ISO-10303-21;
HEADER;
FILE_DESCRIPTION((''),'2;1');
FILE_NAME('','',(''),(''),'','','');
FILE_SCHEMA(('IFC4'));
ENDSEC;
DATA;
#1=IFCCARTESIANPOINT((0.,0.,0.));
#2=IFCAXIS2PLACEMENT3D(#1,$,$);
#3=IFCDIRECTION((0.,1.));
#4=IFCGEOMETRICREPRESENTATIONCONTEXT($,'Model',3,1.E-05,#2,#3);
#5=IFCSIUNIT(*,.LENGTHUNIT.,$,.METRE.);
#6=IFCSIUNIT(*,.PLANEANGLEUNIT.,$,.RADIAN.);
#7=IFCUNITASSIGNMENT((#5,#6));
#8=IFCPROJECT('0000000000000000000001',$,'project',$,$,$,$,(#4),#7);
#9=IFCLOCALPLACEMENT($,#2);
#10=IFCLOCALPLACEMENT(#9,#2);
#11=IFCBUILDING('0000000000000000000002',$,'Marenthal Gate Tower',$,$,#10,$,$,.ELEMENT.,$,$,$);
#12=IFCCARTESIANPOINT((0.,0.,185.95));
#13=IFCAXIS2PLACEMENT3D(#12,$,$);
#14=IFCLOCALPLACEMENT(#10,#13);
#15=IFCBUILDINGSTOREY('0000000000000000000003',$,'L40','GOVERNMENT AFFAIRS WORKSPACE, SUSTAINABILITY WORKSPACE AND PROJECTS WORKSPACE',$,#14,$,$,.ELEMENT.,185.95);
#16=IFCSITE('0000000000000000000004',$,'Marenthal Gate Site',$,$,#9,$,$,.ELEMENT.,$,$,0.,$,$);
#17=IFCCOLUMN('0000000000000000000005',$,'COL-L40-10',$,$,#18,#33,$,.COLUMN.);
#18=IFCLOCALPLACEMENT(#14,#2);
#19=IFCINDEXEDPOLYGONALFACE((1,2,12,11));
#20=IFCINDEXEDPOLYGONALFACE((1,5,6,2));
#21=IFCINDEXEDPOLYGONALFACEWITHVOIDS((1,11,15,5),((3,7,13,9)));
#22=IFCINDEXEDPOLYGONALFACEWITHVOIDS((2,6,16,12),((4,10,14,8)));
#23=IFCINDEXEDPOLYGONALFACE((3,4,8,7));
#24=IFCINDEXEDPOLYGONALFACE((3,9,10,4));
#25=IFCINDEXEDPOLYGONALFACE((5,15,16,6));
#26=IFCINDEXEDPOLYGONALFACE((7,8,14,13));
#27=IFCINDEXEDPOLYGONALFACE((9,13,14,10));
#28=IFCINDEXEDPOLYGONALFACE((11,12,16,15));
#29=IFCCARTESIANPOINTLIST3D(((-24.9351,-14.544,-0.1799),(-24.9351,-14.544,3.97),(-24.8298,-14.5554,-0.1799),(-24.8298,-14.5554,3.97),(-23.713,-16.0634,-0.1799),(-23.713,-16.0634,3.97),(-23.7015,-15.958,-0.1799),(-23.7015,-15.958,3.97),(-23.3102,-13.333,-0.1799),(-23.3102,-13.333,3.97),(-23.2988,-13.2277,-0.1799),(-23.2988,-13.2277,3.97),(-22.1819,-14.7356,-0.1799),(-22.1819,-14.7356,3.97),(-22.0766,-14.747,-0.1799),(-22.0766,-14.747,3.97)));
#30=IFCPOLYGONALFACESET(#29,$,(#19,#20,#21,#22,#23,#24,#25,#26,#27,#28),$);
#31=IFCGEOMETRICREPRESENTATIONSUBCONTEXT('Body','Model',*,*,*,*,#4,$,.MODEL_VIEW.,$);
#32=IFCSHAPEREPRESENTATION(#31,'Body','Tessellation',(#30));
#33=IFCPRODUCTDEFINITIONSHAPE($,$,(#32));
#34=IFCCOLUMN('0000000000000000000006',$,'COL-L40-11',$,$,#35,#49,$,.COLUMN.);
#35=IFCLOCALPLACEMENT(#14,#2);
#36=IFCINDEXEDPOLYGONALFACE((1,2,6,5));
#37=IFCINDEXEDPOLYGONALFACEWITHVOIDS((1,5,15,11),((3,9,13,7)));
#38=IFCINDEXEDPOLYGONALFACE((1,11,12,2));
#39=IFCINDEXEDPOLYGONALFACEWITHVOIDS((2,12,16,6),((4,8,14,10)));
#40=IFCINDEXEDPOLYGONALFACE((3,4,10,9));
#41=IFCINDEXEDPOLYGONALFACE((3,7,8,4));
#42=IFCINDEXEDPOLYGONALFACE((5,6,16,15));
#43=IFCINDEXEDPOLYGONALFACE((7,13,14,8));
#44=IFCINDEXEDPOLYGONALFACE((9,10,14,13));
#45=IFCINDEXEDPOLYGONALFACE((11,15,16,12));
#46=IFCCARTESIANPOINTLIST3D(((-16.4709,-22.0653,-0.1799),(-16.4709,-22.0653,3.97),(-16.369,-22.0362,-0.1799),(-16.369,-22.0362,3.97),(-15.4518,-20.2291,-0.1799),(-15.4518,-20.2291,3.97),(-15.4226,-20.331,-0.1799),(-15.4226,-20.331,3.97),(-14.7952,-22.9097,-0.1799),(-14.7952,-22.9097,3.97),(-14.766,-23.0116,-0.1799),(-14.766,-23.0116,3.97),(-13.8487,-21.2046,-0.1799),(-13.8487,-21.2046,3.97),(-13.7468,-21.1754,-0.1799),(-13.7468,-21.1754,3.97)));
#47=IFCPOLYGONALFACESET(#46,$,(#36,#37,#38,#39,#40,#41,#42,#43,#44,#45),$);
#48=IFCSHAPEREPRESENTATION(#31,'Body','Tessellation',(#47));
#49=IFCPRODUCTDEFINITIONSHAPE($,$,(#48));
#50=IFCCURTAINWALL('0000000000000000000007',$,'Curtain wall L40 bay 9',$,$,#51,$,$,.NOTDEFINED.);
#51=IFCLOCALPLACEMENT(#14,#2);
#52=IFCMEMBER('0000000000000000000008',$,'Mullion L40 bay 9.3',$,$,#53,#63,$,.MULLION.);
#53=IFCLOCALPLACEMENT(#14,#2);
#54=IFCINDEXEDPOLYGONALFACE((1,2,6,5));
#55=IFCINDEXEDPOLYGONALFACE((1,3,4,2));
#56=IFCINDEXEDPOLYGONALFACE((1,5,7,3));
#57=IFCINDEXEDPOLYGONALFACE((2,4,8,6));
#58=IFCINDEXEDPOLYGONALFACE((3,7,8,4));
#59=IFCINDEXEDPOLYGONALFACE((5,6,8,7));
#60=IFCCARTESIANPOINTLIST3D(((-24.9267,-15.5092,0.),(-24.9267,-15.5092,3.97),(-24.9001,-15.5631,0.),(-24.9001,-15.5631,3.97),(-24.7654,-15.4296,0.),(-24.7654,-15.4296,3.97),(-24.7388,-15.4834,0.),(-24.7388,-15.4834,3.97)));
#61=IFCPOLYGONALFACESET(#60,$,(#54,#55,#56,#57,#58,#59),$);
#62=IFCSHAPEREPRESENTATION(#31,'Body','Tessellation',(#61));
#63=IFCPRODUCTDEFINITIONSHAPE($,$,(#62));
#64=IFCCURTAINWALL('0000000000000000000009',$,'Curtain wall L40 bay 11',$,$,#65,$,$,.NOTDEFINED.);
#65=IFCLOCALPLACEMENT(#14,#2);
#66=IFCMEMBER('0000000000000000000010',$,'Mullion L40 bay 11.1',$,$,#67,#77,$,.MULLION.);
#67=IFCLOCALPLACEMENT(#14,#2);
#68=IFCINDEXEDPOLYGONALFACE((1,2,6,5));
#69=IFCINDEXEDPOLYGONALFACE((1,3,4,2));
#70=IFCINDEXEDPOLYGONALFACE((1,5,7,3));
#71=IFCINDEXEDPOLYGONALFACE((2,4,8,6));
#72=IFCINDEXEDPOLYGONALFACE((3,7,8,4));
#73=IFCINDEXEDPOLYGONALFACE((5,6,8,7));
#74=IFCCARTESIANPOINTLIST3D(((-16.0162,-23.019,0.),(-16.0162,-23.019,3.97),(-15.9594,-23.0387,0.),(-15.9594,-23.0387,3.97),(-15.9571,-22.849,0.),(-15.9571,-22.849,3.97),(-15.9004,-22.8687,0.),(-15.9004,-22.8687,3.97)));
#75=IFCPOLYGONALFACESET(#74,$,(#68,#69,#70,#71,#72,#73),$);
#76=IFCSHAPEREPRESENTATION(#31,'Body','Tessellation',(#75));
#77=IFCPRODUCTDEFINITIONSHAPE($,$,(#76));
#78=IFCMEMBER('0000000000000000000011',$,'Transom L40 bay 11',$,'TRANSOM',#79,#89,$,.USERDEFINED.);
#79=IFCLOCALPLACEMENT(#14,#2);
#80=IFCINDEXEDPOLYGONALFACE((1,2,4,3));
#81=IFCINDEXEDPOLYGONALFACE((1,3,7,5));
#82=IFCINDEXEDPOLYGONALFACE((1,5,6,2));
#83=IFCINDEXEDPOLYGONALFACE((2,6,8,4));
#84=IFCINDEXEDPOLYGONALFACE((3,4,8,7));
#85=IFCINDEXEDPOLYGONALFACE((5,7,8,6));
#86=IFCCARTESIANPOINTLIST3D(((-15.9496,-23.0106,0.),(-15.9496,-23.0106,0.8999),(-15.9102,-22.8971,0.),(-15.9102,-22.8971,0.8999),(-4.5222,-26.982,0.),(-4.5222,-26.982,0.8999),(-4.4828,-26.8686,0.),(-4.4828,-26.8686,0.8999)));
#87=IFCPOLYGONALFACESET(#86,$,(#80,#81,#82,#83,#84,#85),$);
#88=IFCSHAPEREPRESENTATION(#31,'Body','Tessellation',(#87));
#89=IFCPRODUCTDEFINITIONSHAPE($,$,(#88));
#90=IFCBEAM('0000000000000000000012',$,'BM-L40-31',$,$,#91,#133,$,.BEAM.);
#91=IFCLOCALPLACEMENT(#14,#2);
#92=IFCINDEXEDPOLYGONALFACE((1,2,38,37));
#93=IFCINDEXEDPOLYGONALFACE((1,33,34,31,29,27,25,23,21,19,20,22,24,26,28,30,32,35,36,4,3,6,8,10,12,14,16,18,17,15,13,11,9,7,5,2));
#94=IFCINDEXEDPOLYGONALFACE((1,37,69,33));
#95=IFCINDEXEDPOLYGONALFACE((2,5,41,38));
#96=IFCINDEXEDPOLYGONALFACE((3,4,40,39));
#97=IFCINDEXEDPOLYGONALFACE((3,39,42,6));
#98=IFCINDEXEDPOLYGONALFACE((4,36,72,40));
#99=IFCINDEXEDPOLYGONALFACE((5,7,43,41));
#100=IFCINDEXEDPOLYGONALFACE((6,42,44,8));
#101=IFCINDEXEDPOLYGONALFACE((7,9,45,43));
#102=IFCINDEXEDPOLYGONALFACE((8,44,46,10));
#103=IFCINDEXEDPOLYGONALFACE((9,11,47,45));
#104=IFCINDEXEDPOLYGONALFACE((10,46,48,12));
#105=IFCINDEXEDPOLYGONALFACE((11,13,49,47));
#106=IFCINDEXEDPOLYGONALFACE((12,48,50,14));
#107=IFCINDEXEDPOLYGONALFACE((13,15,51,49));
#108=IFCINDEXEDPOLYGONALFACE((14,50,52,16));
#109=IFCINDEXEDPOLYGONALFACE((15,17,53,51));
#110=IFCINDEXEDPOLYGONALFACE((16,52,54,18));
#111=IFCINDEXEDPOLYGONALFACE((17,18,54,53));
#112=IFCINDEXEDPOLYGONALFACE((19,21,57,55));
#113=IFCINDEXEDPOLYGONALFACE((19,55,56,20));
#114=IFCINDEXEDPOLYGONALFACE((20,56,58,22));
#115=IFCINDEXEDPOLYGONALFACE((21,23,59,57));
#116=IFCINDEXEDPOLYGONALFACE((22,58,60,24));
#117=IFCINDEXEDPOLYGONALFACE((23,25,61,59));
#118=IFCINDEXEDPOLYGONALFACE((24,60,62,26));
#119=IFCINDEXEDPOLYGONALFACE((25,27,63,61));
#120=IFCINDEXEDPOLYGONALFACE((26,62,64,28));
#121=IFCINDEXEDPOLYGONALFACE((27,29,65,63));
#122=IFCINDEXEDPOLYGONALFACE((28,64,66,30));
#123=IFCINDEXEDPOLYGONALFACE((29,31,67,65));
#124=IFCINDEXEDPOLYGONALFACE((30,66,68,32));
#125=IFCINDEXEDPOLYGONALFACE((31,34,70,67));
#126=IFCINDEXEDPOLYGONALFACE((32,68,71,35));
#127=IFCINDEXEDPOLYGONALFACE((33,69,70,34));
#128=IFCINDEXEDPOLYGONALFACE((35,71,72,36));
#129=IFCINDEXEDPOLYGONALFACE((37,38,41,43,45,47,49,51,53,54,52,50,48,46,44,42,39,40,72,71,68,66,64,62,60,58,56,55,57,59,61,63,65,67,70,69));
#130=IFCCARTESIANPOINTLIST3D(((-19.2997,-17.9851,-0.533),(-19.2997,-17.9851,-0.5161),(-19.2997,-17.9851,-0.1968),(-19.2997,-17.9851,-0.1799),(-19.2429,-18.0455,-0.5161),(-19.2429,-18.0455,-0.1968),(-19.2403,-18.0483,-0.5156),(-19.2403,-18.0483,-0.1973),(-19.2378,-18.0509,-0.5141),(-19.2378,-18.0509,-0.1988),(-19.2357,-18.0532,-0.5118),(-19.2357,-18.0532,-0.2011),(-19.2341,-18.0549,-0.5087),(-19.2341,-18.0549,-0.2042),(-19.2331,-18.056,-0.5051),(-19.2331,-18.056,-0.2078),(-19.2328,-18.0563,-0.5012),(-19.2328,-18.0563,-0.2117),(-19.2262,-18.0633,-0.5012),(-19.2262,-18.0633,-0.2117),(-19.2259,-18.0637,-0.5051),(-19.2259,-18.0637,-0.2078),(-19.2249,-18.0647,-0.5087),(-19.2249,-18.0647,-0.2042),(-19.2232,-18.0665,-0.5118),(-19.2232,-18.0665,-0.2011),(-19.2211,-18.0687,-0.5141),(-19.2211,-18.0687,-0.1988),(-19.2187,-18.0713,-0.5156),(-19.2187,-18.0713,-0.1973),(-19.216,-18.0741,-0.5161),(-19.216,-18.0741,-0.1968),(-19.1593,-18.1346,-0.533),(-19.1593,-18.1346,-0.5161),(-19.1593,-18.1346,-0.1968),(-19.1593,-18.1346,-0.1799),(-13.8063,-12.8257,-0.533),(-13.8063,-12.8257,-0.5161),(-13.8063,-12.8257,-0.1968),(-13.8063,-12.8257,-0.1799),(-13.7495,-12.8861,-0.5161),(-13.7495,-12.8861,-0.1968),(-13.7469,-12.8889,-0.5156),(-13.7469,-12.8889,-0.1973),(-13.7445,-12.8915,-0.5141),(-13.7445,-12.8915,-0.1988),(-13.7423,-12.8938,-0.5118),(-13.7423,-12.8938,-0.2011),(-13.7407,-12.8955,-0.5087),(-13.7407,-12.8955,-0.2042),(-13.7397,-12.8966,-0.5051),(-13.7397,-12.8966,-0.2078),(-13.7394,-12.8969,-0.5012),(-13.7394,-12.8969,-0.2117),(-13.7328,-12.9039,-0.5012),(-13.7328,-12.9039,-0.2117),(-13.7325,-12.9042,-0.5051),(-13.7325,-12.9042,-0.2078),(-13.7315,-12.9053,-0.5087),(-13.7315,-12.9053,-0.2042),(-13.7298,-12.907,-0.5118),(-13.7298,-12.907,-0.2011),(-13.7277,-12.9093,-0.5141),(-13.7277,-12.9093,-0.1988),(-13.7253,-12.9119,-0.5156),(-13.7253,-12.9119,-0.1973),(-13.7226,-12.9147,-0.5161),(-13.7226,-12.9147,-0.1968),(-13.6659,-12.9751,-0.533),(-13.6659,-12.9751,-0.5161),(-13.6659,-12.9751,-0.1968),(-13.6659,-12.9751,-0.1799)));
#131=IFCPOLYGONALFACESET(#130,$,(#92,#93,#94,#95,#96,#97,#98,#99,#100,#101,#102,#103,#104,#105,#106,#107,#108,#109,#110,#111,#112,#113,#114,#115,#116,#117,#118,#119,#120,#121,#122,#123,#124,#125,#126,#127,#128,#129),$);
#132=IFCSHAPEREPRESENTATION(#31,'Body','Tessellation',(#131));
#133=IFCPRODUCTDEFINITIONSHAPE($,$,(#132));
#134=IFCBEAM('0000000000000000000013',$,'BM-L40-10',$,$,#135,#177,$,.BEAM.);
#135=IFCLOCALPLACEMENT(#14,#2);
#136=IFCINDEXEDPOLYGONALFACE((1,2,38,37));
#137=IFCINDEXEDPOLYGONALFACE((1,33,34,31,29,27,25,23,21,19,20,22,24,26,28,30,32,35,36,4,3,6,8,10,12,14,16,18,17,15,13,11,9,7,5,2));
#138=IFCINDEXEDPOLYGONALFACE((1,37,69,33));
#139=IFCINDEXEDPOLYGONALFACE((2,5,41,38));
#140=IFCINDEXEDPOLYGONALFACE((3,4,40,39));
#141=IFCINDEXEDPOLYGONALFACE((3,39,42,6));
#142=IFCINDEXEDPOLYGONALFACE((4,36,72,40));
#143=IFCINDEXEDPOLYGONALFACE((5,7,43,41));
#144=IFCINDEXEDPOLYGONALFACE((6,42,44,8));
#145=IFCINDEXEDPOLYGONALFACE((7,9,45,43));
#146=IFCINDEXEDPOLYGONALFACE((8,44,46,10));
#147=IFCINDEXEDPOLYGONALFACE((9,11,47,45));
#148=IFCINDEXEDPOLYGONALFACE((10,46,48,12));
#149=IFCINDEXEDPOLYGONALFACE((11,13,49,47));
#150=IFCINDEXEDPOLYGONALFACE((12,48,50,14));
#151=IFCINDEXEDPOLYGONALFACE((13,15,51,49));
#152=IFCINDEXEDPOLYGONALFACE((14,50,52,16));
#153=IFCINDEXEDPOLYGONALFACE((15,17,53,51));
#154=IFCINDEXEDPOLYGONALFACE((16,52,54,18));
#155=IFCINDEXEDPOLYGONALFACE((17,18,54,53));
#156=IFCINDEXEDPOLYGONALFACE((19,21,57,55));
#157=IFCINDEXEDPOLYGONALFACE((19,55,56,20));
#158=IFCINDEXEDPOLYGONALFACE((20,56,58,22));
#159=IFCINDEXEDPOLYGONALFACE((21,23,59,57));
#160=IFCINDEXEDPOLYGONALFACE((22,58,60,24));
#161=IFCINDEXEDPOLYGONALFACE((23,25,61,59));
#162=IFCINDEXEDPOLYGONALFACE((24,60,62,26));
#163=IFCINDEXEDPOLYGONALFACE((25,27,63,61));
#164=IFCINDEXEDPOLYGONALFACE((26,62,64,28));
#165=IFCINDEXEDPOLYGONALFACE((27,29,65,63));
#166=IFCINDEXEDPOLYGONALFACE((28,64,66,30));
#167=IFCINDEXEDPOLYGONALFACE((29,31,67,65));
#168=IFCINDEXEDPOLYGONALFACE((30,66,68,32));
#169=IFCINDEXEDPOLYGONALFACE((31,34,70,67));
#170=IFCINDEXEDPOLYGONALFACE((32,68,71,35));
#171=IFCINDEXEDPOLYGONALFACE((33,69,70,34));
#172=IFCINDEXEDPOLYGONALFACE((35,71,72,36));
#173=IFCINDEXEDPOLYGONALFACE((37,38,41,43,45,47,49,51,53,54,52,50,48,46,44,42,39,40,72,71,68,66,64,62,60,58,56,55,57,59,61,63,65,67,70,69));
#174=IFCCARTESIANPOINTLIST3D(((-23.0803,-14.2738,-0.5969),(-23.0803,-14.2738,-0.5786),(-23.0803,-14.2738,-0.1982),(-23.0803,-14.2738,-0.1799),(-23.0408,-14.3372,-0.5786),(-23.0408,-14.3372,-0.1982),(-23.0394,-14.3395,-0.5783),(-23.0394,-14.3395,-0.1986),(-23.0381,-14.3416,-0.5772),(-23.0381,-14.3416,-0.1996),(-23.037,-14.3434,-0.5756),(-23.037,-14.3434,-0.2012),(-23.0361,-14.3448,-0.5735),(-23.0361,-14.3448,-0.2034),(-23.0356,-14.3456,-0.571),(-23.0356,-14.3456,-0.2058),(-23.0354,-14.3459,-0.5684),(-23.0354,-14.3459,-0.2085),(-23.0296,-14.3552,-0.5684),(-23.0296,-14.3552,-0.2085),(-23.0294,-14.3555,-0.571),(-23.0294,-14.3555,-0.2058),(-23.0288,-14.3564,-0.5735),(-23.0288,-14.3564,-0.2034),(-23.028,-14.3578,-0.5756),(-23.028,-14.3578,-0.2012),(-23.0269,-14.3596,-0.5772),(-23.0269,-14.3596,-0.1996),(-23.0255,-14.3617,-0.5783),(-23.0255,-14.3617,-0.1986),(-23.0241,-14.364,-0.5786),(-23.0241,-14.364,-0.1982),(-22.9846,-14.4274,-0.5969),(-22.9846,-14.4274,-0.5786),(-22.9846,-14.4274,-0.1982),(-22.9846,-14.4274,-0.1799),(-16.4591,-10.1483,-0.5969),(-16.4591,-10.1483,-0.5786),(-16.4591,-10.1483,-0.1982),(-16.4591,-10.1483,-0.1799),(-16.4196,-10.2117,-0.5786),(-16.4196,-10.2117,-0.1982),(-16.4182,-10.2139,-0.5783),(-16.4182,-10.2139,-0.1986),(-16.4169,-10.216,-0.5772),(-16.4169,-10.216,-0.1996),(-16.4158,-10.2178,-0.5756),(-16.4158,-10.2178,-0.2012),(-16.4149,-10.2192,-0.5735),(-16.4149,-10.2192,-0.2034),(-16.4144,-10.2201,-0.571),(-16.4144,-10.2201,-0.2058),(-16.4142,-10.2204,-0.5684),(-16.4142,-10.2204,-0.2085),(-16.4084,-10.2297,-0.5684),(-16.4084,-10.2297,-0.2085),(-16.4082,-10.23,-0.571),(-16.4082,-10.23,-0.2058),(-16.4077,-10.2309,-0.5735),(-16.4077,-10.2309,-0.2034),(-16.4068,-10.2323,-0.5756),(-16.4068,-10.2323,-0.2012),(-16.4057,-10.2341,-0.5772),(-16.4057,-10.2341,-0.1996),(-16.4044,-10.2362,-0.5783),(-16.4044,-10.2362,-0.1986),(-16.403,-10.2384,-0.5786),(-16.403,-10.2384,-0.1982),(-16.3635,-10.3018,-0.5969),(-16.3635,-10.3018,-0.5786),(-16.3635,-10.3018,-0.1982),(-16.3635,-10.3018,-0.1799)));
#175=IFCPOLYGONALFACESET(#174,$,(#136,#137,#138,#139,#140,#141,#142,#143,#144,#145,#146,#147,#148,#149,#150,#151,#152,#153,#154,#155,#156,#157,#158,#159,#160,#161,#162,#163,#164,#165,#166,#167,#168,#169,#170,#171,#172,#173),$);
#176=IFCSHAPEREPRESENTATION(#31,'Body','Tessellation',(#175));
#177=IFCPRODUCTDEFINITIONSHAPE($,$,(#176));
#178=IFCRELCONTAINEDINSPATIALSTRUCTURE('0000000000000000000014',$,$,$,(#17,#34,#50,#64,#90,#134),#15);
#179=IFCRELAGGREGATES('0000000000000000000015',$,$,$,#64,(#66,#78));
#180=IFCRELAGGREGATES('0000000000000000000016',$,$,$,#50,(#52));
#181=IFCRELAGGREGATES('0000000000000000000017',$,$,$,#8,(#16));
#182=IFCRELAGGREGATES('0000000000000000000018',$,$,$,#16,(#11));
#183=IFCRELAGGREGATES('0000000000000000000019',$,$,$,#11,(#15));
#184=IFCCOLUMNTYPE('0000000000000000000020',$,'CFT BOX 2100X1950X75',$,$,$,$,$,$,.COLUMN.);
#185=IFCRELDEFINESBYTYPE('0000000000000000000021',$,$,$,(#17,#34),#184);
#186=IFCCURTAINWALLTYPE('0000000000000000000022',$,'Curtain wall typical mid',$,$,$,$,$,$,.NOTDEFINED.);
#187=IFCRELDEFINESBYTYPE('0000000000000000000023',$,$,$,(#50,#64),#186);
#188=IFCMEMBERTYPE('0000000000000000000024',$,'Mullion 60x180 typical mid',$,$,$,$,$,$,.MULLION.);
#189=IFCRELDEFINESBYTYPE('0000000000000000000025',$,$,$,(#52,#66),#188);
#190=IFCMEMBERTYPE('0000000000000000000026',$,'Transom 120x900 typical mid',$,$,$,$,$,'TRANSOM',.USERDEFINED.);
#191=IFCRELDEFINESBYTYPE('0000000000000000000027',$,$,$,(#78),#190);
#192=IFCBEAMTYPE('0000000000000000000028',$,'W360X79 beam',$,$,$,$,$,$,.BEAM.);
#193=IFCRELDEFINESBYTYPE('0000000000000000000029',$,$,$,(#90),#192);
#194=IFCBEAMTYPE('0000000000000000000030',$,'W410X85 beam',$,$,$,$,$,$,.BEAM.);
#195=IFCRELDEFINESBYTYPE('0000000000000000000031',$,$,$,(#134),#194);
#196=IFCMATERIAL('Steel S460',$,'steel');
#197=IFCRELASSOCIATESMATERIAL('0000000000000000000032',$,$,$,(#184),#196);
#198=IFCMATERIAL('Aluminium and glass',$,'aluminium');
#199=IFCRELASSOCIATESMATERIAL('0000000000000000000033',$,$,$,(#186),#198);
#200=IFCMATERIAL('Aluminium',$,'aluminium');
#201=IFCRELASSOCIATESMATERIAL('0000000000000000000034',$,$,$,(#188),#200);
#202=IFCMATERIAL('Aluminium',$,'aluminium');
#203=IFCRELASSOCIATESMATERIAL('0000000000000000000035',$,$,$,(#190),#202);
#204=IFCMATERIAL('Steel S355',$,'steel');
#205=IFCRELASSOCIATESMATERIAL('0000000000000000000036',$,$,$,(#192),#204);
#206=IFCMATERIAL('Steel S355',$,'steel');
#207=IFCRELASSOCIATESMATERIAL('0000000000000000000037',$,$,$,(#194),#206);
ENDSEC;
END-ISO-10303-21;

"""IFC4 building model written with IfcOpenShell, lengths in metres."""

from ifc_helpers import new_model, si_unit, direction, frame, origin, origin_2d, place, context, subcontext, project, spatial, rectangle, hollow_rectangle, i_section, extrude, material, material_profile, profile_set, type_object, element, aggregate, save


model = new_model("IFC4")

# Units and contexts
model_context = context("Model", 3, precision=1e-05, world=origin(), true_north=direction((0.0, 1.0)))
body_context = subcontext(model_context, "Body", "Model", "MODEL_VIEW")
ifc_project = project(units=[si_unit("LENGTHUNIT", "METRE"), si_unit("PLANEANGLEUNIT", "RADIAN")], contexts=[model_context])

# Site, building, storey
site_placement = place(None, origin())
site = spatial("IfcSite", under=ifc_project, at=site_placement, Name="Marenthal Gate Site", CompositionType="ELEMENT", RefElevation=0.0)
building_placement = place(site_placement, origin())
building = spatial("IfcBuilding", under=site, at=building_placement, Name="Marenthal Gate Tower", CompositionType="ELEMENT")
storey_placement = place(building_placement, frame((0.0, 0.0, 185.95)))
storey = spatial("IfcBuildingStorey", under=building, at=storey_placement, Name="L40", Description="GOVERNMENT AFFAIRS WORKSPACE, SUSTAINABILITY WORKSPACE AND PROJECTS WORKSPACE", CompositionType="ELEMENT", Elevation=185.95)

# Columns
ifc_material_1 = material(Name="Steel S460", Category="steel")
ifc_material_profile_1 = material_profile(ifc_material_1, hollow_rectangle(XDim=1.95, YDim=2.1001, WallThickness=0.075, at=origin_2d()), Name="CFT BOX 2100X1950X75")
ifc_material_2 = material(Name="Concrete 70 MPa", Category="concrete")
ifc_material_profile_2 = material_profile(ifc_material_2, rectangle(XDim=1.8, YDim=1.95, at=origin_2d()), Name="CFT BOX 2100X1950X75 INFILL")
ifc_profile_set_1 = profile_set([ifc_material_profile_1, ifc_material_profile_2], Name="Steel S460 shell, Concrete 70 MPa infill")
column_type = type_object("IfcColumnType", Name="CFT BOX 2100X1950X75", PredefinedType="COLUMN", material=ifc_profile_set_1)
for number, where, z_axis, x_axis, name in (
    (1, (-23.5059, -14.6455, -0.1799), (0.0, 0.0, 1.0), (-0.626783, 0.779194, 0.0), "COL-L40-10"),
    (2, (-15.1089, -21.6204, -0.1799), (0.0, 0.0, 1.0), (-0.874354, 0.485289, 0.0), "COL-L40-11"),
):
    element("IfcColumn", number, at=place(storey_placement, frame(where, z_axis=z_axis, x_axis=x_axis)), inside=storey, type_object=column_type, Name=name, PredefinedType="COLUMN", context=body_context, shape_type="SweptSolid", body=[
        extrude(hollow_rectangle(XDim=1.95, YDim=2.1001, WallThickness=0.075, at=origin_2d()), origin(), (0.0, 0.0, 1.0), 4.1499),
    ])

# Curtain wall, member
ifc_material_3 = material(Name="Aluminium and glass", Category="aluminium")
curtain_wall_type = type_object("IfcCurtainWallType", Name="Curtain wall typical mid", PredefinedType="NOTDEFINED", material=ifc_material_3)
curtain_wall_1_placement = place(storey_placement, origin())
curtain_wall_1 = element("IfcCurtainWall", 3, at=curtain_wall_1_placement, inside=storey, type_object=curtain_wall_type, Name="Curtain wall L40 bay 9", PredefinedType="NOTDEFINED")
ifc_material_4 = material(Name="Aluminium", Category="aluminium")
ifc_material_profile_3 = material_profile(ifc_material_4, rectangle(XDim=0.1799, YDim=0.0601, at=origin_2d()), Name="60x180 aluminium mullion")
ifc_profile_set_2 = profile_set([ifc_material_profile_3], Name="Aluminium")
member_type_1 = type_object("IfcMemberType", Name="Mullion 60x180 typical mid", PredefinedType="MULLION", material=ifc_profile_set_2)
member_1_placement = place(storey_placement, frame((-24.8328, -15.4963, 0.0), z_axis=(0.0, 0.0, 1.0), x_axis=(0.896681, 0.442678, 0.0)))
member_1 = element("IfcMember", 4, at=member_1_placement, type_object=member_type_1, Name="Mullion L40 bay 9.3", PredefinedType="MULLION", context=body_context, shape_type="SweptSolid", body=[
    extrude(rectangle(XDim=0.1799, YDim=0.0601, at=origin_2d()), origin(), (0.0, 0.0, 1.0), 3.97),
])

# Curtain wall, members
curtain_wall_2_placement = place(storey_placement, origin())
curtain_wall_2 = element("IfcCurtainWall", 5, at=curtain_wall_2_placement, inside=storey, type_object=curtain_wall_type, Name="Curtain wall L40 bay 11", PredefinedType="NOTDEFINED")
member_2_placement = place(storey_placement, frame((-15.9583, -22.9438, 0.0), z_axis=(0.0, 0.0, 1.0), x_axis=(0.328273, 0.944583, 0.0)))
member_2 = element("IfcMember", 6, at=member_2_placement, type_object=member_type_1, Name="Mullion L40 bay 11.1", PredefinedType="MULLION", context=body_context, shape_type="SweptSolid", body=[
    extrude(rectangle(XDim=0.1799, YDim=0.0601, at=origin_2d()), origin(), (0.0, 0.0, 1.0), 3.97),
])
ifc_material_5 = material(Name="Aluminium", Category="aluminium")
ifc_material_profile_4 = material_profile(ifc_material_5, rectangle(XDim=0.1201, YDim=0.8999, at=origin_2d()), Name="120x900 aluminium transom")
ifc_profile_set_3 = profile_set([ifc_material_profile_4], Name="Aluminium")
member_type_2 = type_object("IfcMemberType", Name="Transom 120x900 typical mid", ElementType="TRANSOM", PredefinedType="USERDEFINED", material=ifc_profile_set_3)
member_3_placement = place(storey_placement, frame((-15.9299, -22.9539, 0.45), z_axis=(0.944583, -0.328274, 0.0), x_axis=(0.328274, 0.944583, 0.0)))
member_3 = element("IfcMember", 7, at=member_3_placement, type_object=member_type_2, Name="Transom L40 bay 11", ObjectType="TRANSOM", PredefinedType="USERDEFINED", context=body_context, shape_type="SweptSolid", body=[
    extrude(rectangle(XDim=0.1201, YDim=0.8999, at=origin_2d()), origin(), (0.0, 0.0, 1.0), 12.0979),
])
aggregate(curtain_wall_2, [member_2, member_3])

# Beams
ifc_material_6 = material(Name="Steel S355", Category="steel")
ifc_material_profile_5 = material_profile(ifc_material_6, i_section(OverallWidth=0.2051, OverallDepth=0.353, WebThickness=0.0095, FlangeThickness=0.0168, FilletRadius=0.0149, at=origin_2d()), Name="W360X79")
ifc_profile_set_4 = profile_set([ifc_material_profile_5], Name="Steel S355")
beam_type_1 = type_object("IfcBeamType", Name="W360X79 beam", PredefinedType="BEAM", material=ifc_profile_set_4)
beam_1_placement = place(storey_placement, frame((-19.2295, -18.0598, -0.3564), z_axis=(0.728918, 0.684601, 0.0), x_axis=(-0.684601, 0.728918, 0.0)))
element("IfcBeam", 8, at=beam_1_placement, inside=storey, type_object=beam_type_1, Name="BM-L40-31", PredefinedType="BEAM", context=body_context, shape_type="SweptSolid", body=[
    extrude(i_section(OverallWidth=0.2051, OverallDepth=0.353, WebThickness=0.0095, FlangeThickness=0.0168, FilletRadius=0.0149, at=origin_2d()), origin(), (0.0, 0.0, 1.0), 7.5364),
])
ifc_material_7 = material(Name="Steel S355", Category="steel")
ifc_material_profile_6 = material_profile(ifc_material_7, i_section(OverallWidth=0.1809, OverallDepth=0.417, WebThickness=0.011, FlangeThickness=0.0183, FilletRadius=0.0103, at=origin_2d()), Name="W410X85")
ifc_profile_set_5 = profile_set([ifc_material_profile_6], Name="Steel S355")
beam_type_2 = type_object("IfcBeamType", Name="W410X85 beam", PredefinedType="BEAM", material=ifc_profile_set_5)
beam_2_placement = place(storey_placement, frame((-23.0325, -14.3506, -0.3884), z_axis=(0.848729, 0.528828, 0.0), x_axis=(-0.528828, 0.848729, 0.0)))
element("IfcBeam", 9, at=beam_2_placement, inside=storey, type_object=beam_type_2, Name="BM-L40-10", PredefinedType="BEAM", context=body_context, shape_type="SweptSolid", body=[
    extrude(i_section(OverallWidth=0.1809, OverallDepth=0.417, WebThickness=0.011, FlangeThickness=0.0183, FilletRadius=0.0103, at=origin_2d()), origin(), (0.0, 0.0, 1.0), 7.8013),
])

aggregate(curtain_wall_1, [member_1])

save(model, "model.ifc")
